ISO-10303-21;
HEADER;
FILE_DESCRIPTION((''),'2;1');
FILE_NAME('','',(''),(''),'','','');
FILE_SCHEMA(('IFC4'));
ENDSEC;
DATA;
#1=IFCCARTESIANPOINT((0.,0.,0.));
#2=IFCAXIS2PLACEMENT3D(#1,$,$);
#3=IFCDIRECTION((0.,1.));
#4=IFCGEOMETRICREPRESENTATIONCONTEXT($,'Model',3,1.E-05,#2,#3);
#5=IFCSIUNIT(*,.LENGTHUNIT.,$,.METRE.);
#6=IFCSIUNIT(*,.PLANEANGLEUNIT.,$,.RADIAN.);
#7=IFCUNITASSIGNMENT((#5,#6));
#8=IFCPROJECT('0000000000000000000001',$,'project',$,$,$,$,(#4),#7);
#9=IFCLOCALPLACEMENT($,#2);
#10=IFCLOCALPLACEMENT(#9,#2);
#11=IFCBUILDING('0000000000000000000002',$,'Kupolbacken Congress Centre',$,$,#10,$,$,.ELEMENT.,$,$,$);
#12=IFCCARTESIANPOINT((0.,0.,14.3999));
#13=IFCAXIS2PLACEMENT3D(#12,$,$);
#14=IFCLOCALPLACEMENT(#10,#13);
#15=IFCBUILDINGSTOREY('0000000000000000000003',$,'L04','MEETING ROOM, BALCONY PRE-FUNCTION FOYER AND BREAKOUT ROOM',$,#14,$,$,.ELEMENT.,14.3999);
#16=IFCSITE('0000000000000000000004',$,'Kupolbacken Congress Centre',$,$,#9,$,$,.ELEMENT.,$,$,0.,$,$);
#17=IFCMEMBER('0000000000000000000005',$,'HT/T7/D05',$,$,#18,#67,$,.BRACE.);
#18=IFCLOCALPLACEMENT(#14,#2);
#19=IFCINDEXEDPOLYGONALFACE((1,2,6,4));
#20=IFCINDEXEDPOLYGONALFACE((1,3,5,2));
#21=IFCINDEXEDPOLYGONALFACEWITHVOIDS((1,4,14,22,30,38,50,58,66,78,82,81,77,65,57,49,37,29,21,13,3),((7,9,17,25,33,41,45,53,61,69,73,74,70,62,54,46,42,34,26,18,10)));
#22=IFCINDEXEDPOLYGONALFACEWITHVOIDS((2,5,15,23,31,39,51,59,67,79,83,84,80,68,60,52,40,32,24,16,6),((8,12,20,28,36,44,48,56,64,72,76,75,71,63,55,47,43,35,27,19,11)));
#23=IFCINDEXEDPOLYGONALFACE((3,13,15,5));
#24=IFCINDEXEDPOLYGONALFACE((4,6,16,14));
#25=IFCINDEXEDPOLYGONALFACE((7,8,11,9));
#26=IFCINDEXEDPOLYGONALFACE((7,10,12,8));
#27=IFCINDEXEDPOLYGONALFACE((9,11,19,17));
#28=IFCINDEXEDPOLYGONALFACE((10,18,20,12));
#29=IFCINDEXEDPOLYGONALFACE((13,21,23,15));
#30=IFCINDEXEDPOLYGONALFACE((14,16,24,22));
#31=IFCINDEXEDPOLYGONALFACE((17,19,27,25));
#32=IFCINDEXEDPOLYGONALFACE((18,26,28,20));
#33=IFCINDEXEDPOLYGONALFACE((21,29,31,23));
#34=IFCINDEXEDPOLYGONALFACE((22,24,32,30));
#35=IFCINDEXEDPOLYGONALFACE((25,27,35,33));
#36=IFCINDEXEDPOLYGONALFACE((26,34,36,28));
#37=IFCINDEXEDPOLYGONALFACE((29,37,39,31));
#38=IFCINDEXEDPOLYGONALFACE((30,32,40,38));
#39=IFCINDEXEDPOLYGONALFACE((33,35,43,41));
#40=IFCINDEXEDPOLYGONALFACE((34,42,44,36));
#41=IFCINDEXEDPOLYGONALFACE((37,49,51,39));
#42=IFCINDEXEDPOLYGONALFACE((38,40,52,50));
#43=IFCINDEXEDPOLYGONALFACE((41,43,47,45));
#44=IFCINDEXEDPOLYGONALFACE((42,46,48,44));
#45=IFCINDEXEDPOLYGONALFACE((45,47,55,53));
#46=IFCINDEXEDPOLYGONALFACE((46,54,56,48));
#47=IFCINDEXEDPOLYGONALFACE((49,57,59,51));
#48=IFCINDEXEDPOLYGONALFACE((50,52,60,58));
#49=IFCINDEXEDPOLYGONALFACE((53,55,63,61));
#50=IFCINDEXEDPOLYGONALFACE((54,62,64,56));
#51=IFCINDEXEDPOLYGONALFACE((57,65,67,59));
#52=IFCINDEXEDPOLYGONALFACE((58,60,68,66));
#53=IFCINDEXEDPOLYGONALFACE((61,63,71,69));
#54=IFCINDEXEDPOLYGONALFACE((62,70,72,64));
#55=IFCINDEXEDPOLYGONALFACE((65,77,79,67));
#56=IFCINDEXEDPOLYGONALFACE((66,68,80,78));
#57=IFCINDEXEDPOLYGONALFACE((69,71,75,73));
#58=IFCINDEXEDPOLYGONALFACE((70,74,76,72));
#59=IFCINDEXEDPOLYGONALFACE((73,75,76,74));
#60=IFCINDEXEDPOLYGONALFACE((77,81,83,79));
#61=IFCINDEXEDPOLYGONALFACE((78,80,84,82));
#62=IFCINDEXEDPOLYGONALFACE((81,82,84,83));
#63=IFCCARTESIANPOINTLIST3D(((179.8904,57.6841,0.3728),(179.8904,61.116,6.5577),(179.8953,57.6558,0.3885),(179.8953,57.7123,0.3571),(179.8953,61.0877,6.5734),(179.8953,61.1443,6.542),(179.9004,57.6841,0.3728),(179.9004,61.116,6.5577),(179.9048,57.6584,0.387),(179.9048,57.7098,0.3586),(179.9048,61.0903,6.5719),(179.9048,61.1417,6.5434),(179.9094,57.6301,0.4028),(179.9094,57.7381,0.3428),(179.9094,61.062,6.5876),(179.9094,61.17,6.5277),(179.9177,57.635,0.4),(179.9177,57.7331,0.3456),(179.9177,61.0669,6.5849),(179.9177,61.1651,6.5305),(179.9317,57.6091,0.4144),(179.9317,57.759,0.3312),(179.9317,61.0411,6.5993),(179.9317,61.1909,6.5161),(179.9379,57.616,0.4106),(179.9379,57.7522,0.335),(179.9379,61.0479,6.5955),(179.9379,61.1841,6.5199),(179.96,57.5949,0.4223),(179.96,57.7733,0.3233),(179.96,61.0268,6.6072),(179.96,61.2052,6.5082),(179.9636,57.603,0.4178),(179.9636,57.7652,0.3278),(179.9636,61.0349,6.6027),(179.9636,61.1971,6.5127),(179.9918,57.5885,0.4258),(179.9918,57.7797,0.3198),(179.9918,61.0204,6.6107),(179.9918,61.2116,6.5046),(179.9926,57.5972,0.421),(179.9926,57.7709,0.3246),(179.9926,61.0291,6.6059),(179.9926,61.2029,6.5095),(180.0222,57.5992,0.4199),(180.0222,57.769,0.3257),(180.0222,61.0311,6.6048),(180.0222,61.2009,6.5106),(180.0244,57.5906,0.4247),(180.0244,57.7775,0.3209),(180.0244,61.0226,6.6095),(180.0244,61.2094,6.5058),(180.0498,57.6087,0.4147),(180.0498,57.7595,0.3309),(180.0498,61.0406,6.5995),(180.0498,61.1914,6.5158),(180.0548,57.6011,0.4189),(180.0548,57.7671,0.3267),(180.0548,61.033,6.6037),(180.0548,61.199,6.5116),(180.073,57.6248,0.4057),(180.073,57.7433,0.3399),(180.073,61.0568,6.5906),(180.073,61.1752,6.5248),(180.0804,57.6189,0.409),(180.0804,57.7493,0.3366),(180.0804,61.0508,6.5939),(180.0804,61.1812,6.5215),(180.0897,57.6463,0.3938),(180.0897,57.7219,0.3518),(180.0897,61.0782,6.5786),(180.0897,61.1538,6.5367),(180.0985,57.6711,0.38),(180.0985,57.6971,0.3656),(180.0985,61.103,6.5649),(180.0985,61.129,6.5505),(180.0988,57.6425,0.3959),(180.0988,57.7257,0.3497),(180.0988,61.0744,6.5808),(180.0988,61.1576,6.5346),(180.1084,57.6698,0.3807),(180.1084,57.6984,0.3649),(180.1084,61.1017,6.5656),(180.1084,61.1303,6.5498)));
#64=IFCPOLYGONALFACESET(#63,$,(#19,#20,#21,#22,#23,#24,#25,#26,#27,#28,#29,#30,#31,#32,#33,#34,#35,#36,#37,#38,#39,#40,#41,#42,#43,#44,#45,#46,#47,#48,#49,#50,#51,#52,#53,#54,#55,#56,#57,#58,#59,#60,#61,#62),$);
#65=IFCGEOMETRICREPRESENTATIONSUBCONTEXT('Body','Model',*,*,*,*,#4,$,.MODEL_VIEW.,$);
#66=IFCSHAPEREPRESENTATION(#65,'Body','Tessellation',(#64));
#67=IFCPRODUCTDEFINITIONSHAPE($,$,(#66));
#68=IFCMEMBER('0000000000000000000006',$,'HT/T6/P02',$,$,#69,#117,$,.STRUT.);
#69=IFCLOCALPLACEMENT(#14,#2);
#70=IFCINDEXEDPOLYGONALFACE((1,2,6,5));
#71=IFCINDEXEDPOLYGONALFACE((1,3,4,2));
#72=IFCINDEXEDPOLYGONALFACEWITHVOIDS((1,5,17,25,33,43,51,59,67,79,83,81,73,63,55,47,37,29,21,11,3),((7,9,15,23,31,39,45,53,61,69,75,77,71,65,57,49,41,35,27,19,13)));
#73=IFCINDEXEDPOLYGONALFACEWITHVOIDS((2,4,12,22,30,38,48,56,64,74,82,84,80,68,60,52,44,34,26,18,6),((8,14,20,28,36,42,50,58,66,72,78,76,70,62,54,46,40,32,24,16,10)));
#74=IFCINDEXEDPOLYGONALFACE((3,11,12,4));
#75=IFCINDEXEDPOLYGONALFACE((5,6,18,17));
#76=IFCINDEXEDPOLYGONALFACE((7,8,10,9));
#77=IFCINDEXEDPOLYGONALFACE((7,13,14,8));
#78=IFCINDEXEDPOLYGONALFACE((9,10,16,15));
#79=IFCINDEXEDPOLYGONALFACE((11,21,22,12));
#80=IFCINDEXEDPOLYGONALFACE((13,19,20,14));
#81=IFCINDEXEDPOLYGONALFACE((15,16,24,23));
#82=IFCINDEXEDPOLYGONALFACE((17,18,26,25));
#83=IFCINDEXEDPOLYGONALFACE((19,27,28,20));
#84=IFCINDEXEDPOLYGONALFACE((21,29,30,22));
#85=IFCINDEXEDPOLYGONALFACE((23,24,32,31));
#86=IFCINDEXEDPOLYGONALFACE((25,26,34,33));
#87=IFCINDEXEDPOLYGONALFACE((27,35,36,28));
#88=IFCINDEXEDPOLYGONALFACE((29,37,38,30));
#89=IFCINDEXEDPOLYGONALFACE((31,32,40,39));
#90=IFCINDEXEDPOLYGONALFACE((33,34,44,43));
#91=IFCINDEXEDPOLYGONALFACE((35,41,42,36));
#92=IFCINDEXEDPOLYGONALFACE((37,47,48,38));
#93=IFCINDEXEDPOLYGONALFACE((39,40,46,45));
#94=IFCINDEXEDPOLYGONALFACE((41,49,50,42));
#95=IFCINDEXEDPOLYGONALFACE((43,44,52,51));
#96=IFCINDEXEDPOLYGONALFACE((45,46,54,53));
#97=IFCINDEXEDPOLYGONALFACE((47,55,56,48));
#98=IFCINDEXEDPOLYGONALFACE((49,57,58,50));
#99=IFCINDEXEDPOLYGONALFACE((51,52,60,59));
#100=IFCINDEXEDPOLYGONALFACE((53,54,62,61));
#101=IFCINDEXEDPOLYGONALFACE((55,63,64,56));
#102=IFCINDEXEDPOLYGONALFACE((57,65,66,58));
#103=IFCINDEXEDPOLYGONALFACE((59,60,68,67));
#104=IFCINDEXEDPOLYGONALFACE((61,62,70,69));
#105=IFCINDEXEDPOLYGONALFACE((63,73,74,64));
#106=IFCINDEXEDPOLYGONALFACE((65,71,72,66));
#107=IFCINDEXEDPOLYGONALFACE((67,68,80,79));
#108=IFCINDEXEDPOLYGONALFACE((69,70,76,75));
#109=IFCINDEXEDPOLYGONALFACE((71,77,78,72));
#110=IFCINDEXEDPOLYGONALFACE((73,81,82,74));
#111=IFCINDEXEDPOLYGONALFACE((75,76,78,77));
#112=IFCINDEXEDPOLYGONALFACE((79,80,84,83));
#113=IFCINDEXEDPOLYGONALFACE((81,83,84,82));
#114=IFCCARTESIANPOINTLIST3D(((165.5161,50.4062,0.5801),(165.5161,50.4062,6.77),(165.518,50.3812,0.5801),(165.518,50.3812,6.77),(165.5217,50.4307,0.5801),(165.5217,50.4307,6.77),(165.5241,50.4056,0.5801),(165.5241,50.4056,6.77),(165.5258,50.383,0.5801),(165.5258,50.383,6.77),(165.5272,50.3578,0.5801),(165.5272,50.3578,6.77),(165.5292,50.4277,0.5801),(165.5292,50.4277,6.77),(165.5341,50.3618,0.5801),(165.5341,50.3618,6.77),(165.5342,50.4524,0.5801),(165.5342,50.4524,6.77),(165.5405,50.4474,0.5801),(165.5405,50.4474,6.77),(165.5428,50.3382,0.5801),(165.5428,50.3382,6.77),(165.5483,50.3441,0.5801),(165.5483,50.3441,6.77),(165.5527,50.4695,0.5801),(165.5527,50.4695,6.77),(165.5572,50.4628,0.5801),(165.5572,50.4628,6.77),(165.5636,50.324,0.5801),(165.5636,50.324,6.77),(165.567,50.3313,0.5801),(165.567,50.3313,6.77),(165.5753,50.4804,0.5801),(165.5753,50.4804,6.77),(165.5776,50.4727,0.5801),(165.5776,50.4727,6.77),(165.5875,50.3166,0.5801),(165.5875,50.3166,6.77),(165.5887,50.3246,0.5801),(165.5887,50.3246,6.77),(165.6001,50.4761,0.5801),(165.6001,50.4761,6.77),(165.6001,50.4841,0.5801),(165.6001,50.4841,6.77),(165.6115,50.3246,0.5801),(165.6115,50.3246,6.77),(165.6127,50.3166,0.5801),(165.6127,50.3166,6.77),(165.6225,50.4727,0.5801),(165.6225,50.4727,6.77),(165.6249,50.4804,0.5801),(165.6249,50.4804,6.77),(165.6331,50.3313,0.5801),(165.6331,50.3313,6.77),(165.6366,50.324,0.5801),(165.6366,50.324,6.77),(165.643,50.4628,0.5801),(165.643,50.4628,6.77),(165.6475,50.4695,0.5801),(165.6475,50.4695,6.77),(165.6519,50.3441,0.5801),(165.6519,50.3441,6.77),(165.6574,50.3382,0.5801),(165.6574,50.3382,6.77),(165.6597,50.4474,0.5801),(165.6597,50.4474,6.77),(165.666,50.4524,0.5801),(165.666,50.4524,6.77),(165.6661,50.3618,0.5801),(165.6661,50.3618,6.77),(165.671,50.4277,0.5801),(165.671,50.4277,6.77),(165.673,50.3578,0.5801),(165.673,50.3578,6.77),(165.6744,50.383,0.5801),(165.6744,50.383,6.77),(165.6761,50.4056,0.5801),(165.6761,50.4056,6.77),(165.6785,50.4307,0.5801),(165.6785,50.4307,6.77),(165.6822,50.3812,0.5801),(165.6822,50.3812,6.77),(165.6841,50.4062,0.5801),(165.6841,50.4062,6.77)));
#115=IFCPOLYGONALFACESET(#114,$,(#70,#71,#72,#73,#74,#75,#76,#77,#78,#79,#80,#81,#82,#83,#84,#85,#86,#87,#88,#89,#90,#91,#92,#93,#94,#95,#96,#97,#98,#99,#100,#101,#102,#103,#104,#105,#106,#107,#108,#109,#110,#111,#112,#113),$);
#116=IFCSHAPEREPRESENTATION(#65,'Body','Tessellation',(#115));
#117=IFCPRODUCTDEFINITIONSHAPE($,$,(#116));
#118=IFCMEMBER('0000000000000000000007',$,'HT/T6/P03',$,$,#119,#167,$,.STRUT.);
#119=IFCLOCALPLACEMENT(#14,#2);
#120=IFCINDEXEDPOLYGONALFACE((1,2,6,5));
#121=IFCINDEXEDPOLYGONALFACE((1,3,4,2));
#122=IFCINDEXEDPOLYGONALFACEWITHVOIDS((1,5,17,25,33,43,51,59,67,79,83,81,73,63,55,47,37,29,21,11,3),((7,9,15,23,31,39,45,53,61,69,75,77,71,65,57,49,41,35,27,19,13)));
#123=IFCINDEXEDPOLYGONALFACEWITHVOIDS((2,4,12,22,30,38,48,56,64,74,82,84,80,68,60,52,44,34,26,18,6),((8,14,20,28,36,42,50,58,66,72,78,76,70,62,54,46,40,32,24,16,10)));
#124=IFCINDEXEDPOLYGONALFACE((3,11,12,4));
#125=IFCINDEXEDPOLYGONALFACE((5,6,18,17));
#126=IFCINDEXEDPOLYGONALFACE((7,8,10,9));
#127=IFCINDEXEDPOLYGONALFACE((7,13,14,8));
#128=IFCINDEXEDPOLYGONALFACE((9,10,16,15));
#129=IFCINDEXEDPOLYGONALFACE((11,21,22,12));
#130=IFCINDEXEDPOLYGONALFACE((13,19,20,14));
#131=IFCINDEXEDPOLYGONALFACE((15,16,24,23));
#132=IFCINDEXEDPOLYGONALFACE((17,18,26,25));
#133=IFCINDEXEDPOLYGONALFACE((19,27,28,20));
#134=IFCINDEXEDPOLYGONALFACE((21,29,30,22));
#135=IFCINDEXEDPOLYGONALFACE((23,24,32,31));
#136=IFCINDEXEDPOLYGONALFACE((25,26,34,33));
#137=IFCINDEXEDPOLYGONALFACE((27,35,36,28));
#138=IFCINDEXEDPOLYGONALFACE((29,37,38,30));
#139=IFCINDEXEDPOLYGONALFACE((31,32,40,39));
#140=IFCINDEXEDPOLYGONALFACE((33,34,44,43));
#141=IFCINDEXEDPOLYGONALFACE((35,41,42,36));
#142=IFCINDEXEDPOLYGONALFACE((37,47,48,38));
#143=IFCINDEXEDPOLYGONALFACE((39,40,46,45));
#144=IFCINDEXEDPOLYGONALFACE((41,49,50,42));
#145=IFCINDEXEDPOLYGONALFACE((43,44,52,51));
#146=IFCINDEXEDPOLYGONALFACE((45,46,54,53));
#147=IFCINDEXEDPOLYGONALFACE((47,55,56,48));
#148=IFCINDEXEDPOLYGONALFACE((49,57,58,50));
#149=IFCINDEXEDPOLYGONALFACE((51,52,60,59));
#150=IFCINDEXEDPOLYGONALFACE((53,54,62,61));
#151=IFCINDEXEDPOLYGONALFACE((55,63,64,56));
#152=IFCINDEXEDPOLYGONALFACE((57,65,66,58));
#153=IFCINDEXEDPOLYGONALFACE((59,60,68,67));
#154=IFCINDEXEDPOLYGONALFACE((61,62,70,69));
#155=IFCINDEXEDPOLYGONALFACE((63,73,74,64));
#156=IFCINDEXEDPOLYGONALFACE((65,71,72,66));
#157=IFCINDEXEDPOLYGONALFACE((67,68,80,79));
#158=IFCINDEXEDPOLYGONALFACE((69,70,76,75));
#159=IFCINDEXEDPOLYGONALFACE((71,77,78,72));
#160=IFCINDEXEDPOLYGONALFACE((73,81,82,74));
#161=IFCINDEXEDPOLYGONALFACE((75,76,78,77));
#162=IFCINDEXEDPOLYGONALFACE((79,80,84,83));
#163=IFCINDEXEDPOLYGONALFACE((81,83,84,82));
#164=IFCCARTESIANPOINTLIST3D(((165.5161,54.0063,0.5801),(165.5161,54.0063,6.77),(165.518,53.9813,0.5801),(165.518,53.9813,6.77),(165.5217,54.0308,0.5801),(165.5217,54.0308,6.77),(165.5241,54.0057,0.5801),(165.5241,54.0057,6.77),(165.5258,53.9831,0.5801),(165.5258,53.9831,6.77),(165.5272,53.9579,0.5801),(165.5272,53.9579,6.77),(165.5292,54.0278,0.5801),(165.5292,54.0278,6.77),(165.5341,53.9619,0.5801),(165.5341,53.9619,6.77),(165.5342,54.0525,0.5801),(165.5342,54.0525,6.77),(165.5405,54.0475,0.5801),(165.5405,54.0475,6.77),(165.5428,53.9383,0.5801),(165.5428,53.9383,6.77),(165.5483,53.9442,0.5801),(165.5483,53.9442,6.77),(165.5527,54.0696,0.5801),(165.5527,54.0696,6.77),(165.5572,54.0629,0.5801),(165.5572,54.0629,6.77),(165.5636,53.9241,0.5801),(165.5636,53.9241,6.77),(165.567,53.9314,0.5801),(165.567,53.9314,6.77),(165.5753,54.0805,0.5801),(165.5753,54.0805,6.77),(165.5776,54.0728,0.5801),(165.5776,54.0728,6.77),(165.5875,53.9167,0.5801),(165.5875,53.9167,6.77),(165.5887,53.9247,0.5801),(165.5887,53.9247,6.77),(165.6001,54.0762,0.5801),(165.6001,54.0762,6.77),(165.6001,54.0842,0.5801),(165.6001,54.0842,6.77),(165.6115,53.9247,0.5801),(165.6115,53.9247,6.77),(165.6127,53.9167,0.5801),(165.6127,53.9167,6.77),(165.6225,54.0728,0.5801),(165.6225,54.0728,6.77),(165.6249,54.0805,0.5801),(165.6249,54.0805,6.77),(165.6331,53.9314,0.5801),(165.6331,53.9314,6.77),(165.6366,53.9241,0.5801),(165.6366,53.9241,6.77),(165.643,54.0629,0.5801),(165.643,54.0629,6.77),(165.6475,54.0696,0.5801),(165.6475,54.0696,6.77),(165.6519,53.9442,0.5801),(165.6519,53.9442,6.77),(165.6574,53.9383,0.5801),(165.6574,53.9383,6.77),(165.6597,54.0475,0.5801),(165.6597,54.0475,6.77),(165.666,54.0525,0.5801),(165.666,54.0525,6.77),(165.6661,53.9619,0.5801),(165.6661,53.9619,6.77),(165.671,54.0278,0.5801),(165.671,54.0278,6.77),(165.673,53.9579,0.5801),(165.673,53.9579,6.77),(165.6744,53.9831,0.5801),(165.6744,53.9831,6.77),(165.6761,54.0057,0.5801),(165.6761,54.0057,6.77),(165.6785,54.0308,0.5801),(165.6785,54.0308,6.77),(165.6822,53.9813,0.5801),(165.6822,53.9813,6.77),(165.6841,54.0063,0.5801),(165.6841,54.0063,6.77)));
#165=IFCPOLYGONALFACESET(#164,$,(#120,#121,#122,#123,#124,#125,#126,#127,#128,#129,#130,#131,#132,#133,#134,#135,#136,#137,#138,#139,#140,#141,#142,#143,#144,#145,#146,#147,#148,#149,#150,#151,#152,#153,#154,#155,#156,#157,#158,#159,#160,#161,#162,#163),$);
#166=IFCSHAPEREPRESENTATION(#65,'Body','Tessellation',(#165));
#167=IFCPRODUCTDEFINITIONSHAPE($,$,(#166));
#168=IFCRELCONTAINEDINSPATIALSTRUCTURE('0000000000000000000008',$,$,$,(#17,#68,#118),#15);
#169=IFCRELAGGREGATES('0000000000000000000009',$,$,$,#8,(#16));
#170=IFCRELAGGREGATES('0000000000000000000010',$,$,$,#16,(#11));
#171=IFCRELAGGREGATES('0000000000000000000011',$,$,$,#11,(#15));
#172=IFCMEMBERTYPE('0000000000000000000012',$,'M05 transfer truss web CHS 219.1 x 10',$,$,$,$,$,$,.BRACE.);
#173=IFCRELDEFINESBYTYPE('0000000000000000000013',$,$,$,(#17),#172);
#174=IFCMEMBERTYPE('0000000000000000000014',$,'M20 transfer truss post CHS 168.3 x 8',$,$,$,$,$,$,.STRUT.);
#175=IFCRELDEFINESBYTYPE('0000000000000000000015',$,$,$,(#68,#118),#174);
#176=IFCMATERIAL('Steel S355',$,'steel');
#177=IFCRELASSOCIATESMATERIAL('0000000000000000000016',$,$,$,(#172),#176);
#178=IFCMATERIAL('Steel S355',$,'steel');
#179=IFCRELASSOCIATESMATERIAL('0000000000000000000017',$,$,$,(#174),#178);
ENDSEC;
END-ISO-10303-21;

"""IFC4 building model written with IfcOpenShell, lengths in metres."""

from ifc_helpers import new_model, si_unit, direction, frame, origin, origin_2d, place, context, subcontext, project, spatial, hollow_circle, extrude, material, material_profile, profile_set, type_object, element, save


model = new_model("IFC4")

# Units and contexts
model_context = context("Model", 3, precision=1e-05, world=origin(), true_north=direction((0.0, 1.0)))
body_context = subcontext(model_context, "Body", "Model", "MODEL_VIEW")
ifc_project = project(units=[si_unit("LENGTHUNIT", "METRE"), si_unit("PLANEANGLEUNIT", "RADIAN")], contexts=[model_context])

# Site, building, storey
site_placement = place(None, origin())
site = spatial("IfcSite", under=ifc_project, at=site_placement, Name="Kupolbacken Congress Centre", CompositionType="ELEMENT", RefElevation=0.0)
building_placement = place(site_placement, origin())
building = spatial("IfcBuilding", under=site, at=building_placement, Name="Kupolbacken Congress Centre", CompositionType="ELEMENT")
storey_placement = place(building_placement, frame((0.0, 0.0, 14.3999)))
storey = spatial("IfcBuildingStorey", under=building, at=storey_placement, Name="L04", Description="MEETING ROOM, BALCONY PRE-FUNCTION FOYER AND BREAKOUT ROOM", CompositionType="ELEMENT", Elevation=14.3999)

# Members
ifc_material_1 = material(Name="Steel S355", Category="steel")
ifc_material_profile_1 = material_profile(ifc_material_1, hollow_circle(Radius=0.1096, WallThickness=0.01, at=origin_2d()), Name="CHS 219.1 x 10")
ifc_profile_set_1 = profile_set([ifc_material_profile_1], Name="Steel S355")
member_type_1 = type_object("IfcMemberType", Name="M05 transfer truss web CHS 219.1 x 10", PredefinedType="BRACE", material=ifc_profile_set_1)
for number, where, z_axis, x_axis, name in (
    (1, (180.0, 57.6841, 0.3728), (0.0, 0.485197, 0.874405), (-1.0, 0.0, 0.0), "HT/T7/D05"),
):
    element("IfcMember", number, at=place(storey_placement, frame(where, z_axis=z_axis, x_axis=x_axis)), inside=storey, type_object=member_type_1, Name=name, PredefinedType="BRACE", context=body_context, shape_type="SweptSolid", body=[
        extrude(hollow_circle(Radius=0.1096, WallThickness=0.01, at=origin_2d()), origin(), (0.0, 0.0, 1.0), 7.0732),
    ])
ifc_material_2 = material(Name="Steel S355", Category="steel")
ifc_material_profile_2 = material_profile(ifc_material_2, hollow_circle(Radius=0.0842, WallThickness=0.0081, at=origin_2d()), Name="CHS 168.3 x 8")
ifc_profile_set_2 = profile_set([ifc_material_profile_2], Name="Steel S355")
member_type_2 = type_object("IfcMemberType", Name="M20 transfer truss post CHS 168.3 x 8", PredefinedType="STRUT", material=ifc_profile_set_2)
for number, where, z_axis, x_axis, name in (
    (2, (165.6001, 50.3999, 0.5801), (0.0, 0.0, 1.0), (0.0, 1.0, 0.0), "HT/T6/P02"),
    (3, (165.6001, 54.0, 0.5801), (0.0, 0.0, 1.0), (0.0, 1.0, 0.0), "HT/T6/P03"),
):
    element("IfcMember", number, at=place(storey_placement, frame(where, z_axis=z_axis, x_axis=x_axis)), inside=storey, type_object=member_type_2, Name=name, PredefinedType="STRUT", context=body_context, shape_type="SweptSolid", body=[
        extrude(hollow_circle(Radius=0.0842, WallThickness=0.0081, at=origin_2d()), origin(), (0.0, 0.0, 1.0), 6.1899),
    ])

save(model, "model.ifc")
